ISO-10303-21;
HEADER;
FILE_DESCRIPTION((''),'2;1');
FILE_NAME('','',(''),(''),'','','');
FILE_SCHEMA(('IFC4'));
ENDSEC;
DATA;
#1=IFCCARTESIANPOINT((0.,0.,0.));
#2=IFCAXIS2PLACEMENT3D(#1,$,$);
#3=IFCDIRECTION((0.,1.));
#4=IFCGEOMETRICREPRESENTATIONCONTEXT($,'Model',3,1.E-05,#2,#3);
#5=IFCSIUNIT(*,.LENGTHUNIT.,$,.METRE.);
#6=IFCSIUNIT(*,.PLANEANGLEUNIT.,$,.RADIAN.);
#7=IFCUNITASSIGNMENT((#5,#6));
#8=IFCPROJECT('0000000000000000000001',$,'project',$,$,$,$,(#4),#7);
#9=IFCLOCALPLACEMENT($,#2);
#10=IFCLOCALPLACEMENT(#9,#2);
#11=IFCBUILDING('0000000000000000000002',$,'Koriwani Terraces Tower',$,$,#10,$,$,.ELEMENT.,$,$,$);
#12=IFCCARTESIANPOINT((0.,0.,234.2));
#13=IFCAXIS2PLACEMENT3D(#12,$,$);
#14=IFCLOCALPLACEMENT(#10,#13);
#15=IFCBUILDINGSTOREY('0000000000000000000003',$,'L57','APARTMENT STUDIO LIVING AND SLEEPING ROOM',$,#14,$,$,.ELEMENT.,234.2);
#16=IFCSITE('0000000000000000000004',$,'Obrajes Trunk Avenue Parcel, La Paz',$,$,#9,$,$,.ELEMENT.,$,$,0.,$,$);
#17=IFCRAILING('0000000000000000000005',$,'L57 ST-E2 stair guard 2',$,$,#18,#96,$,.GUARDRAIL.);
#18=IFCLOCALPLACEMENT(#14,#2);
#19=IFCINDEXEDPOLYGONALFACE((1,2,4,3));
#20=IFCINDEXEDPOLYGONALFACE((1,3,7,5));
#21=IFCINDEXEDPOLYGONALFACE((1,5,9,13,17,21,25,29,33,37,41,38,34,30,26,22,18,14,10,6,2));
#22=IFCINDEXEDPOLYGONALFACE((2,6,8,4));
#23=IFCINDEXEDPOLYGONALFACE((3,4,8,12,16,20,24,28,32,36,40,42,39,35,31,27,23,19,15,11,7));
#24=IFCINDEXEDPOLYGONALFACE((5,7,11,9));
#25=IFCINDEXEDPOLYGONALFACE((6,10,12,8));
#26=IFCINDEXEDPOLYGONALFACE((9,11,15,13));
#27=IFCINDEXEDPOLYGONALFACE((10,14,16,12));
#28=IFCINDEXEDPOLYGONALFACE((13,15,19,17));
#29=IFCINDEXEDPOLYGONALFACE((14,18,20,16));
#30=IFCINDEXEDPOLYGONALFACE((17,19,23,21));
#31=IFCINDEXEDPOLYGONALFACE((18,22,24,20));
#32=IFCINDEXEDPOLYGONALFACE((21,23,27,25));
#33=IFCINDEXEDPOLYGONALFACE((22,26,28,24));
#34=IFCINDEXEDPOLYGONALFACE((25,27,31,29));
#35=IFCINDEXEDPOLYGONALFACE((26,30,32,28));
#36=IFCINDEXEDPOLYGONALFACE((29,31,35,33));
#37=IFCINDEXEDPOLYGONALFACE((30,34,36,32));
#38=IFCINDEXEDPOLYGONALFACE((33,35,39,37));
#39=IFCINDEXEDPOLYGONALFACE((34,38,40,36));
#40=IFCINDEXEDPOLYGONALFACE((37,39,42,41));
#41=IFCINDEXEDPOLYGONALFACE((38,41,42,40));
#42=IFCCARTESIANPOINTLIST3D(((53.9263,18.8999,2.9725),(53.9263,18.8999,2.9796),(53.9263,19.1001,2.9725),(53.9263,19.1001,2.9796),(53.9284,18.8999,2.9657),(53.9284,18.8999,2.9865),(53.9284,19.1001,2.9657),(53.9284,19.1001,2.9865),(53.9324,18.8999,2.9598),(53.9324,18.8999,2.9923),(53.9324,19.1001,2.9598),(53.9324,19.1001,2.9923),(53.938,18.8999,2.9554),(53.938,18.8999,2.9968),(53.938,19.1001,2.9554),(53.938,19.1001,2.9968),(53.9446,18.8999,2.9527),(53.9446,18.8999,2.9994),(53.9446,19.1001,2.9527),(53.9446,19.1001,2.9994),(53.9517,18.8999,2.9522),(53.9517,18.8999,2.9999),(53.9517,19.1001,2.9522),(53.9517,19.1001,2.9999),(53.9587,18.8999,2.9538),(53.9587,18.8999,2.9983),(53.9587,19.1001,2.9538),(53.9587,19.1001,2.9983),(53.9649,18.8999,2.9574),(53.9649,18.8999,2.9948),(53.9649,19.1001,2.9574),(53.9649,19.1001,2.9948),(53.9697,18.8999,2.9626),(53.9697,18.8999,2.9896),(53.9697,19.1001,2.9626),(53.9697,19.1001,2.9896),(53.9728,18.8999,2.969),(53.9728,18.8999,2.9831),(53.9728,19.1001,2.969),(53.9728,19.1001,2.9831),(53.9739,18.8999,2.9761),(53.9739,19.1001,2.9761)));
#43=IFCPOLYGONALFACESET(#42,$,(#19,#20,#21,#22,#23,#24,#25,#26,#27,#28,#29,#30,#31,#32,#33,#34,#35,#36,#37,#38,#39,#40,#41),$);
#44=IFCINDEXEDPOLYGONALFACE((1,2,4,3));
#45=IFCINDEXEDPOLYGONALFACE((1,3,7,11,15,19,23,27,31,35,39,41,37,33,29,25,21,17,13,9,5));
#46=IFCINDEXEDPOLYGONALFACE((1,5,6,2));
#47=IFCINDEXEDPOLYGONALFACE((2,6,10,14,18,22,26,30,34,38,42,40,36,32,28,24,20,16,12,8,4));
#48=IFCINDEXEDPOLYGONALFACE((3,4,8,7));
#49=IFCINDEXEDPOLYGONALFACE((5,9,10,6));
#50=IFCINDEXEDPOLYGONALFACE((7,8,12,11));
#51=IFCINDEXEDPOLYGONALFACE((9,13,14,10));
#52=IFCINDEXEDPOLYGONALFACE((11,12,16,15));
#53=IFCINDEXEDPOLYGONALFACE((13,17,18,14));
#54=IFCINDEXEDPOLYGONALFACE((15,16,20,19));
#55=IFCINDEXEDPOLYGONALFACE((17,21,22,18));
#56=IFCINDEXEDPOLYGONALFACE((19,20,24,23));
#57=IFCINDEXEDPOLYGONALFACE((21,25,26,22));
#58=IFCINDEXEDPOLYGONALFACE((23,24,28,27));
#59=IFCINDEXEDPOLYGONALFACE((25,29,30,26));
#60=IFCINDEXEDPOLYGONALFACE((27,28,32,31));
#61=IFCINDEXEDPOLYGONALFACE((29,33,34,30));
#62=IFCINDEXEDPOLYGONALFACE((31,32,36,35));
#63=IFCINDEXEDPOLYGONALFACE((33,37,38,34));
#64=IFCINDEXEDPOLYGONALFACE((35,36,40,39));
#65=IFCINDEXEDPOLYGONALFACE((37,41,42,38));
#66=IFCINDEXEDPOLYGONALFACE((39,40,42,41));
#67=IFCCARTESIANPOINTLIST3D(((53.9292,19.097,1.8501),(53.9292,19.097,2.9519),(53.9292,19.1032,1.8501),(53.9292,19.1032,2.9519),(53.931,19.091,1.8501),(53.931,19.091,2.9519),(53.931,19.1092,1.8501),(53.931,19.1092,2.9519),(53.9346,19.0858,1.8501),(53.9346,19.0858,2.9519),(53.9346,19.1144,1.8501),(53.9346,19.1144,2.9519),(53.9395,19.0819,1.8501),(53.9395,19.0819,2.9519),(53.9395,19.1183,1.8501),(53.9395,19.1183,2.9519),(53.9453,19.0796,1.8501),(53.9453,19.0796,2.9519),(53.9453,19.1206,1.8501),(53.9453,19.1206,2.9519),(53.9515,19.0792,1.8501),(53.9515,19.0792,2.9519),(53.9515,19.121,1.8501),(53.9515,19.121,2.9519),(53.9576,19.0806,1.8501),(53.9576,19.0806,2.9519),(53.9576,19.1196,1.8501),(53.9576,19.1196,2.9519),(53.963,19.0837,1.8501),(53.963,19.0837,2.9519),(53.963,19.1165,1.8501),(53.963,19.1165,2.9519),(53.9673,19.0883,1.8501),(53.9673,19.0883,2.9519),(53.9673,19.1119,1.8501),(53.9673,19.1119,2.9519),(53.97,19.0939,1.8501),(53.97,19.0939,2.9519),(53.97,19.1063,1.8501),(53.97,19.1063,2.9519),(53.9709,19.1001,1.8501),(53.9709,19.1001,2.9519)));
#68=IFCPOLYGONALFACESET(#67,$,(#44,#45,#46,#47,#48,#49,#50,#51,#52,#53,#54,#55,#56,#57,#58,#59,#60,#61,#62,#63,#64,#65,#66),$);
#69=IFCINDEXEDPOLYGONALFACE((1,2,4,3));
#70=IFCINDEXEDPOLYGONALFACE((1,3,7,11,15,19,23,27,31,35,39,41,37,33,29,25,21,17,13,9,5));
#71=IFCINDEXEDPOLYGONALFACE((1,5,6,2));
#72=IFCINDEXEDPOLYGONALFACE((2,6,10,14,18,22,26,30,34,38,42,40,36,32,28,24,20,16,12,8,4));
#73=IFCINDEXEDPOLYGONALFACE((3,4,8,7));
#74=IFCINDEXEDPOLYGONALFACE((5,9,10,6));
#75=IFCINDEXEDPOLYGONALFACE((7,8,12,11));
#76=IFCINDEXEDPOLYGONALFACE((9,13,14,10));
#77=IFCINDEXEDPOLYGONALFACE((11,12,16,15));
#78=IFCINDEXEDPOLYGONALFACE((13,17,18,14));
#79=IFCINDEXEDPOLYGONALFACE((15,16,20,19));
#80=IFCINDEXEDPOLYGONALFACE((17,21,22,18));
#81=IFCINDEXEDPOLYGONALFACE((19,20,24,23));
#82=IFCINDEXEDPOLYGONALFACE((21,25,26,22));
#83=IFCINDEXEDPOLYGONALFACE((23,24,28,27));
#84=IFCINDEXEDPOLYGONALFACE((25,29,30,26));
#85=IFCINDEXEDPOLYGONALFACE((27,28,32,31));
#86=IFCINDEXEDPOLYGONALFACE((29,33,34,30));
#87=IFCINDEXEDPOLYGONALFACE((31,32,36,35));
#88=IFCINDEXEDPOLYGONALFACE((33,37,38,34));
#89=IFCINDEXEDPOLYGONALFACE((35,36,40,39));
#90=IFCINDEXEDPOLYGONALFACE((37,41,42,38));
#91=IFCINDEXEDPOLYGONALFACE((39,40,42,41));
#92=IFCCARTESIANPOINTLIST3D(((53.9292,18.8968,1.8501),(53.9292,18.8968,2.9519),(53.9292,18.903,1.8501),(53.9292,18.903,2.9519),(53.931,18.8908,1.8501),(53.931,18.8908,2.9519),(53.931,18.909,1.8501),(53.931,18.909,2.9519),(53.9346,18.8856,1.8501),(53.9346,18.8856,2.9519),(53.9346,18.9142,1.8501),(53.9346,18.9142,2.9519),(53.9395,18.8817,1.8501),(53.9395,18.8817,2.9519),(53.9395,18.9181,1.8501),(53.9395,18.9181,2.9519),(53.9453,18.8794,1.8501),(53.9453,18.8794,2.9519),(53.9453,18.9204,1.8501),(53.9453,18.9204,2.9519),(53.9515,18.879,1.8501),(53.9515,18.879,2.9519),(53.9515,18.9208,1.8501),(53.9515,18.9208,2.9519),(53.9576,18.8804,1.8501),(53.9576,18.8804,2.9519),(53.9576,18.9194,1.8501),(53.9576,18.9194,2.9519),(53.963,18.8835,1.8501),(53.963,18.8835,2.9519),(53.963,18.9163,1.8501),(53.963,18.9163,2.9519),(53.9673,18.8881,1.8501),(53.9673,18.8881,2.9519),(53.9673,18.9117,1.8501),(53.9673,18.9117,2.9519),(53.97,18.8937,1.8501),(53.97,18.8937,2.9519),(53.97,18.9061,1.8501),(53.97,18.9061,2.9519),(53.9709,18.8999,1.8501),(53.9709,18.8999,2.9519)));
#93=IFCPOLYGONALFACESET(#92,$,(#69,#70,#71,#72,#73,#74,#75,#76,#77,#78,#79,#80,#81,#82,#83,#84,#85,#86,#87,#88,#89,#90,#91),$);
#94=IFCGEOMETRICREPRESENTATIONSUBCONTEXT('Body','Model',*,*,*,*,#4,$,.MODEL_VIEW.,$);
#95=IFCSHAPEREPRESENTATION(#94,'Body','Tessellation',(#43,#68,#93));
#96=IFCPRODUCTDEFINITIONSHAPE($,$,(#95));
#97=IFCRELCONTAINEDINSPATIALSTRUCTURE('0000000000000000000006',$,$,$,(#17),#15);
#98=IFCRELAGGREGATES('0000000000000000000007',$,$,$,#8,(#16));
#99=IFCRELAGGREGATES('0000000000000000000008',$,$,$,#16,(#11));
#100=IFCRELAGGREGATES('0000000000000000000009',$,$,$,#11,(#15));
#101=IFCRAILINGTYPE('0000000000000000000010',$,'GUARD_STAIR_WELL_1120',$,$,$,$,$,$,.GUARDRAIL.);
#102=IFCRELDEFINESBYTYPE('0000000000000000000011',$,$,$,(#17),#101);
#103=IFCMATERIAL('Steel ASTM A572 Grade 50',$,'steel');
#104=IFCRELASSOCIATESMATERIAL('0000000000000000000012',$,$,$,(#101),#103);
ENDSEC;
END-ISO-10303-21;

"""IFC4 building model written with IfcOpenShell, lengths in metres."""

from ifc_helpers import new_model, si_unit, direction, frame, origin, origin_2d, place, context, subcontext, project, spatial, circle, extrude, material, type_object, element, save


model = new_model("IFC4")

# Units and contexts
model_context = context("Model", 3, precision=1e-05, world=origin(), true_north=direction((0.0, 1.0)))
body_context = subcontext(model_context, "Body", "Model", "MODEL_VIEW")
ifc_project = project(units=[si_unit("LENGTHUNIT", "METRE"), si_unit("PLANEANGLEUNIT", "RADIAN")], contexts=[model_context])

# Site, building, storey
site_placement = place(None, origin())
site = spatial("IfcSite", under=ifc_project, at=site_placement, Name="Obrajes Trunk Avenue Parcel, La Paz", CompositionType="ELEMENT", RefElevation=0.0)
building_placement = place(site_placement, origin())
building = spatial("IfcBuilding", under=site, at=building_placement, Name="Koriwani Terraces Tower", CompositionType="ELEMENT")
storey_placement = place(building_placement, frame((0.0, 0.0, 234.2)))
storey = spatial("IfcBuildingStorey", under=building, at=storey_placement, Name="L57", Description="APARTMENT STUDIO LIVING AND SLEEPING ROOM", CompositionType="ELEMENT", Elevation=234.2)

# Shared definitions
ifc_material_1 = material(Name="Steel ASTM A572 Grade 50", Category="steel")

# Railing
railing_type_1 = type_object("IfcRailingType", Name="GUARD_STAIR_WELL_1120", PredefinedType="GUARDRAIL", material=ifc_material_1)
railing_1_placement = place(storey_placement, frame((53.95, 19.1001, 1.8501)))
element("IfcRailing", 1, at=railing_1_placement, inside=storey, type_object=railing_type_1, Name="L57 ST-E2 stair guard 2", PredefinedType="GUARDRAIL", context=body_context, shape_type="SweptSolid", body=[
    extrude(circle(Radius=0.0239, at=origin_2d()), frame((0.0, 0.0, 1.126), z_axis=(0.0, -1.0, 0.0), x_axis=(1.0, 0.0, 0.0)), (0.0, 0.0, 1.0), 0.2002),
    extrude(circle(Radius=0.021, at=origin_2d()), origin(), (0.0, 0.0, 1.0), 1.1018),
    extrude(circle(Radius=0.021, at=origin_2d()), frame((0.0, -0.2002, 0.0)), (0.0, 0.0, 1.0), 1.1018),
])

save(model, "model.ifc")
